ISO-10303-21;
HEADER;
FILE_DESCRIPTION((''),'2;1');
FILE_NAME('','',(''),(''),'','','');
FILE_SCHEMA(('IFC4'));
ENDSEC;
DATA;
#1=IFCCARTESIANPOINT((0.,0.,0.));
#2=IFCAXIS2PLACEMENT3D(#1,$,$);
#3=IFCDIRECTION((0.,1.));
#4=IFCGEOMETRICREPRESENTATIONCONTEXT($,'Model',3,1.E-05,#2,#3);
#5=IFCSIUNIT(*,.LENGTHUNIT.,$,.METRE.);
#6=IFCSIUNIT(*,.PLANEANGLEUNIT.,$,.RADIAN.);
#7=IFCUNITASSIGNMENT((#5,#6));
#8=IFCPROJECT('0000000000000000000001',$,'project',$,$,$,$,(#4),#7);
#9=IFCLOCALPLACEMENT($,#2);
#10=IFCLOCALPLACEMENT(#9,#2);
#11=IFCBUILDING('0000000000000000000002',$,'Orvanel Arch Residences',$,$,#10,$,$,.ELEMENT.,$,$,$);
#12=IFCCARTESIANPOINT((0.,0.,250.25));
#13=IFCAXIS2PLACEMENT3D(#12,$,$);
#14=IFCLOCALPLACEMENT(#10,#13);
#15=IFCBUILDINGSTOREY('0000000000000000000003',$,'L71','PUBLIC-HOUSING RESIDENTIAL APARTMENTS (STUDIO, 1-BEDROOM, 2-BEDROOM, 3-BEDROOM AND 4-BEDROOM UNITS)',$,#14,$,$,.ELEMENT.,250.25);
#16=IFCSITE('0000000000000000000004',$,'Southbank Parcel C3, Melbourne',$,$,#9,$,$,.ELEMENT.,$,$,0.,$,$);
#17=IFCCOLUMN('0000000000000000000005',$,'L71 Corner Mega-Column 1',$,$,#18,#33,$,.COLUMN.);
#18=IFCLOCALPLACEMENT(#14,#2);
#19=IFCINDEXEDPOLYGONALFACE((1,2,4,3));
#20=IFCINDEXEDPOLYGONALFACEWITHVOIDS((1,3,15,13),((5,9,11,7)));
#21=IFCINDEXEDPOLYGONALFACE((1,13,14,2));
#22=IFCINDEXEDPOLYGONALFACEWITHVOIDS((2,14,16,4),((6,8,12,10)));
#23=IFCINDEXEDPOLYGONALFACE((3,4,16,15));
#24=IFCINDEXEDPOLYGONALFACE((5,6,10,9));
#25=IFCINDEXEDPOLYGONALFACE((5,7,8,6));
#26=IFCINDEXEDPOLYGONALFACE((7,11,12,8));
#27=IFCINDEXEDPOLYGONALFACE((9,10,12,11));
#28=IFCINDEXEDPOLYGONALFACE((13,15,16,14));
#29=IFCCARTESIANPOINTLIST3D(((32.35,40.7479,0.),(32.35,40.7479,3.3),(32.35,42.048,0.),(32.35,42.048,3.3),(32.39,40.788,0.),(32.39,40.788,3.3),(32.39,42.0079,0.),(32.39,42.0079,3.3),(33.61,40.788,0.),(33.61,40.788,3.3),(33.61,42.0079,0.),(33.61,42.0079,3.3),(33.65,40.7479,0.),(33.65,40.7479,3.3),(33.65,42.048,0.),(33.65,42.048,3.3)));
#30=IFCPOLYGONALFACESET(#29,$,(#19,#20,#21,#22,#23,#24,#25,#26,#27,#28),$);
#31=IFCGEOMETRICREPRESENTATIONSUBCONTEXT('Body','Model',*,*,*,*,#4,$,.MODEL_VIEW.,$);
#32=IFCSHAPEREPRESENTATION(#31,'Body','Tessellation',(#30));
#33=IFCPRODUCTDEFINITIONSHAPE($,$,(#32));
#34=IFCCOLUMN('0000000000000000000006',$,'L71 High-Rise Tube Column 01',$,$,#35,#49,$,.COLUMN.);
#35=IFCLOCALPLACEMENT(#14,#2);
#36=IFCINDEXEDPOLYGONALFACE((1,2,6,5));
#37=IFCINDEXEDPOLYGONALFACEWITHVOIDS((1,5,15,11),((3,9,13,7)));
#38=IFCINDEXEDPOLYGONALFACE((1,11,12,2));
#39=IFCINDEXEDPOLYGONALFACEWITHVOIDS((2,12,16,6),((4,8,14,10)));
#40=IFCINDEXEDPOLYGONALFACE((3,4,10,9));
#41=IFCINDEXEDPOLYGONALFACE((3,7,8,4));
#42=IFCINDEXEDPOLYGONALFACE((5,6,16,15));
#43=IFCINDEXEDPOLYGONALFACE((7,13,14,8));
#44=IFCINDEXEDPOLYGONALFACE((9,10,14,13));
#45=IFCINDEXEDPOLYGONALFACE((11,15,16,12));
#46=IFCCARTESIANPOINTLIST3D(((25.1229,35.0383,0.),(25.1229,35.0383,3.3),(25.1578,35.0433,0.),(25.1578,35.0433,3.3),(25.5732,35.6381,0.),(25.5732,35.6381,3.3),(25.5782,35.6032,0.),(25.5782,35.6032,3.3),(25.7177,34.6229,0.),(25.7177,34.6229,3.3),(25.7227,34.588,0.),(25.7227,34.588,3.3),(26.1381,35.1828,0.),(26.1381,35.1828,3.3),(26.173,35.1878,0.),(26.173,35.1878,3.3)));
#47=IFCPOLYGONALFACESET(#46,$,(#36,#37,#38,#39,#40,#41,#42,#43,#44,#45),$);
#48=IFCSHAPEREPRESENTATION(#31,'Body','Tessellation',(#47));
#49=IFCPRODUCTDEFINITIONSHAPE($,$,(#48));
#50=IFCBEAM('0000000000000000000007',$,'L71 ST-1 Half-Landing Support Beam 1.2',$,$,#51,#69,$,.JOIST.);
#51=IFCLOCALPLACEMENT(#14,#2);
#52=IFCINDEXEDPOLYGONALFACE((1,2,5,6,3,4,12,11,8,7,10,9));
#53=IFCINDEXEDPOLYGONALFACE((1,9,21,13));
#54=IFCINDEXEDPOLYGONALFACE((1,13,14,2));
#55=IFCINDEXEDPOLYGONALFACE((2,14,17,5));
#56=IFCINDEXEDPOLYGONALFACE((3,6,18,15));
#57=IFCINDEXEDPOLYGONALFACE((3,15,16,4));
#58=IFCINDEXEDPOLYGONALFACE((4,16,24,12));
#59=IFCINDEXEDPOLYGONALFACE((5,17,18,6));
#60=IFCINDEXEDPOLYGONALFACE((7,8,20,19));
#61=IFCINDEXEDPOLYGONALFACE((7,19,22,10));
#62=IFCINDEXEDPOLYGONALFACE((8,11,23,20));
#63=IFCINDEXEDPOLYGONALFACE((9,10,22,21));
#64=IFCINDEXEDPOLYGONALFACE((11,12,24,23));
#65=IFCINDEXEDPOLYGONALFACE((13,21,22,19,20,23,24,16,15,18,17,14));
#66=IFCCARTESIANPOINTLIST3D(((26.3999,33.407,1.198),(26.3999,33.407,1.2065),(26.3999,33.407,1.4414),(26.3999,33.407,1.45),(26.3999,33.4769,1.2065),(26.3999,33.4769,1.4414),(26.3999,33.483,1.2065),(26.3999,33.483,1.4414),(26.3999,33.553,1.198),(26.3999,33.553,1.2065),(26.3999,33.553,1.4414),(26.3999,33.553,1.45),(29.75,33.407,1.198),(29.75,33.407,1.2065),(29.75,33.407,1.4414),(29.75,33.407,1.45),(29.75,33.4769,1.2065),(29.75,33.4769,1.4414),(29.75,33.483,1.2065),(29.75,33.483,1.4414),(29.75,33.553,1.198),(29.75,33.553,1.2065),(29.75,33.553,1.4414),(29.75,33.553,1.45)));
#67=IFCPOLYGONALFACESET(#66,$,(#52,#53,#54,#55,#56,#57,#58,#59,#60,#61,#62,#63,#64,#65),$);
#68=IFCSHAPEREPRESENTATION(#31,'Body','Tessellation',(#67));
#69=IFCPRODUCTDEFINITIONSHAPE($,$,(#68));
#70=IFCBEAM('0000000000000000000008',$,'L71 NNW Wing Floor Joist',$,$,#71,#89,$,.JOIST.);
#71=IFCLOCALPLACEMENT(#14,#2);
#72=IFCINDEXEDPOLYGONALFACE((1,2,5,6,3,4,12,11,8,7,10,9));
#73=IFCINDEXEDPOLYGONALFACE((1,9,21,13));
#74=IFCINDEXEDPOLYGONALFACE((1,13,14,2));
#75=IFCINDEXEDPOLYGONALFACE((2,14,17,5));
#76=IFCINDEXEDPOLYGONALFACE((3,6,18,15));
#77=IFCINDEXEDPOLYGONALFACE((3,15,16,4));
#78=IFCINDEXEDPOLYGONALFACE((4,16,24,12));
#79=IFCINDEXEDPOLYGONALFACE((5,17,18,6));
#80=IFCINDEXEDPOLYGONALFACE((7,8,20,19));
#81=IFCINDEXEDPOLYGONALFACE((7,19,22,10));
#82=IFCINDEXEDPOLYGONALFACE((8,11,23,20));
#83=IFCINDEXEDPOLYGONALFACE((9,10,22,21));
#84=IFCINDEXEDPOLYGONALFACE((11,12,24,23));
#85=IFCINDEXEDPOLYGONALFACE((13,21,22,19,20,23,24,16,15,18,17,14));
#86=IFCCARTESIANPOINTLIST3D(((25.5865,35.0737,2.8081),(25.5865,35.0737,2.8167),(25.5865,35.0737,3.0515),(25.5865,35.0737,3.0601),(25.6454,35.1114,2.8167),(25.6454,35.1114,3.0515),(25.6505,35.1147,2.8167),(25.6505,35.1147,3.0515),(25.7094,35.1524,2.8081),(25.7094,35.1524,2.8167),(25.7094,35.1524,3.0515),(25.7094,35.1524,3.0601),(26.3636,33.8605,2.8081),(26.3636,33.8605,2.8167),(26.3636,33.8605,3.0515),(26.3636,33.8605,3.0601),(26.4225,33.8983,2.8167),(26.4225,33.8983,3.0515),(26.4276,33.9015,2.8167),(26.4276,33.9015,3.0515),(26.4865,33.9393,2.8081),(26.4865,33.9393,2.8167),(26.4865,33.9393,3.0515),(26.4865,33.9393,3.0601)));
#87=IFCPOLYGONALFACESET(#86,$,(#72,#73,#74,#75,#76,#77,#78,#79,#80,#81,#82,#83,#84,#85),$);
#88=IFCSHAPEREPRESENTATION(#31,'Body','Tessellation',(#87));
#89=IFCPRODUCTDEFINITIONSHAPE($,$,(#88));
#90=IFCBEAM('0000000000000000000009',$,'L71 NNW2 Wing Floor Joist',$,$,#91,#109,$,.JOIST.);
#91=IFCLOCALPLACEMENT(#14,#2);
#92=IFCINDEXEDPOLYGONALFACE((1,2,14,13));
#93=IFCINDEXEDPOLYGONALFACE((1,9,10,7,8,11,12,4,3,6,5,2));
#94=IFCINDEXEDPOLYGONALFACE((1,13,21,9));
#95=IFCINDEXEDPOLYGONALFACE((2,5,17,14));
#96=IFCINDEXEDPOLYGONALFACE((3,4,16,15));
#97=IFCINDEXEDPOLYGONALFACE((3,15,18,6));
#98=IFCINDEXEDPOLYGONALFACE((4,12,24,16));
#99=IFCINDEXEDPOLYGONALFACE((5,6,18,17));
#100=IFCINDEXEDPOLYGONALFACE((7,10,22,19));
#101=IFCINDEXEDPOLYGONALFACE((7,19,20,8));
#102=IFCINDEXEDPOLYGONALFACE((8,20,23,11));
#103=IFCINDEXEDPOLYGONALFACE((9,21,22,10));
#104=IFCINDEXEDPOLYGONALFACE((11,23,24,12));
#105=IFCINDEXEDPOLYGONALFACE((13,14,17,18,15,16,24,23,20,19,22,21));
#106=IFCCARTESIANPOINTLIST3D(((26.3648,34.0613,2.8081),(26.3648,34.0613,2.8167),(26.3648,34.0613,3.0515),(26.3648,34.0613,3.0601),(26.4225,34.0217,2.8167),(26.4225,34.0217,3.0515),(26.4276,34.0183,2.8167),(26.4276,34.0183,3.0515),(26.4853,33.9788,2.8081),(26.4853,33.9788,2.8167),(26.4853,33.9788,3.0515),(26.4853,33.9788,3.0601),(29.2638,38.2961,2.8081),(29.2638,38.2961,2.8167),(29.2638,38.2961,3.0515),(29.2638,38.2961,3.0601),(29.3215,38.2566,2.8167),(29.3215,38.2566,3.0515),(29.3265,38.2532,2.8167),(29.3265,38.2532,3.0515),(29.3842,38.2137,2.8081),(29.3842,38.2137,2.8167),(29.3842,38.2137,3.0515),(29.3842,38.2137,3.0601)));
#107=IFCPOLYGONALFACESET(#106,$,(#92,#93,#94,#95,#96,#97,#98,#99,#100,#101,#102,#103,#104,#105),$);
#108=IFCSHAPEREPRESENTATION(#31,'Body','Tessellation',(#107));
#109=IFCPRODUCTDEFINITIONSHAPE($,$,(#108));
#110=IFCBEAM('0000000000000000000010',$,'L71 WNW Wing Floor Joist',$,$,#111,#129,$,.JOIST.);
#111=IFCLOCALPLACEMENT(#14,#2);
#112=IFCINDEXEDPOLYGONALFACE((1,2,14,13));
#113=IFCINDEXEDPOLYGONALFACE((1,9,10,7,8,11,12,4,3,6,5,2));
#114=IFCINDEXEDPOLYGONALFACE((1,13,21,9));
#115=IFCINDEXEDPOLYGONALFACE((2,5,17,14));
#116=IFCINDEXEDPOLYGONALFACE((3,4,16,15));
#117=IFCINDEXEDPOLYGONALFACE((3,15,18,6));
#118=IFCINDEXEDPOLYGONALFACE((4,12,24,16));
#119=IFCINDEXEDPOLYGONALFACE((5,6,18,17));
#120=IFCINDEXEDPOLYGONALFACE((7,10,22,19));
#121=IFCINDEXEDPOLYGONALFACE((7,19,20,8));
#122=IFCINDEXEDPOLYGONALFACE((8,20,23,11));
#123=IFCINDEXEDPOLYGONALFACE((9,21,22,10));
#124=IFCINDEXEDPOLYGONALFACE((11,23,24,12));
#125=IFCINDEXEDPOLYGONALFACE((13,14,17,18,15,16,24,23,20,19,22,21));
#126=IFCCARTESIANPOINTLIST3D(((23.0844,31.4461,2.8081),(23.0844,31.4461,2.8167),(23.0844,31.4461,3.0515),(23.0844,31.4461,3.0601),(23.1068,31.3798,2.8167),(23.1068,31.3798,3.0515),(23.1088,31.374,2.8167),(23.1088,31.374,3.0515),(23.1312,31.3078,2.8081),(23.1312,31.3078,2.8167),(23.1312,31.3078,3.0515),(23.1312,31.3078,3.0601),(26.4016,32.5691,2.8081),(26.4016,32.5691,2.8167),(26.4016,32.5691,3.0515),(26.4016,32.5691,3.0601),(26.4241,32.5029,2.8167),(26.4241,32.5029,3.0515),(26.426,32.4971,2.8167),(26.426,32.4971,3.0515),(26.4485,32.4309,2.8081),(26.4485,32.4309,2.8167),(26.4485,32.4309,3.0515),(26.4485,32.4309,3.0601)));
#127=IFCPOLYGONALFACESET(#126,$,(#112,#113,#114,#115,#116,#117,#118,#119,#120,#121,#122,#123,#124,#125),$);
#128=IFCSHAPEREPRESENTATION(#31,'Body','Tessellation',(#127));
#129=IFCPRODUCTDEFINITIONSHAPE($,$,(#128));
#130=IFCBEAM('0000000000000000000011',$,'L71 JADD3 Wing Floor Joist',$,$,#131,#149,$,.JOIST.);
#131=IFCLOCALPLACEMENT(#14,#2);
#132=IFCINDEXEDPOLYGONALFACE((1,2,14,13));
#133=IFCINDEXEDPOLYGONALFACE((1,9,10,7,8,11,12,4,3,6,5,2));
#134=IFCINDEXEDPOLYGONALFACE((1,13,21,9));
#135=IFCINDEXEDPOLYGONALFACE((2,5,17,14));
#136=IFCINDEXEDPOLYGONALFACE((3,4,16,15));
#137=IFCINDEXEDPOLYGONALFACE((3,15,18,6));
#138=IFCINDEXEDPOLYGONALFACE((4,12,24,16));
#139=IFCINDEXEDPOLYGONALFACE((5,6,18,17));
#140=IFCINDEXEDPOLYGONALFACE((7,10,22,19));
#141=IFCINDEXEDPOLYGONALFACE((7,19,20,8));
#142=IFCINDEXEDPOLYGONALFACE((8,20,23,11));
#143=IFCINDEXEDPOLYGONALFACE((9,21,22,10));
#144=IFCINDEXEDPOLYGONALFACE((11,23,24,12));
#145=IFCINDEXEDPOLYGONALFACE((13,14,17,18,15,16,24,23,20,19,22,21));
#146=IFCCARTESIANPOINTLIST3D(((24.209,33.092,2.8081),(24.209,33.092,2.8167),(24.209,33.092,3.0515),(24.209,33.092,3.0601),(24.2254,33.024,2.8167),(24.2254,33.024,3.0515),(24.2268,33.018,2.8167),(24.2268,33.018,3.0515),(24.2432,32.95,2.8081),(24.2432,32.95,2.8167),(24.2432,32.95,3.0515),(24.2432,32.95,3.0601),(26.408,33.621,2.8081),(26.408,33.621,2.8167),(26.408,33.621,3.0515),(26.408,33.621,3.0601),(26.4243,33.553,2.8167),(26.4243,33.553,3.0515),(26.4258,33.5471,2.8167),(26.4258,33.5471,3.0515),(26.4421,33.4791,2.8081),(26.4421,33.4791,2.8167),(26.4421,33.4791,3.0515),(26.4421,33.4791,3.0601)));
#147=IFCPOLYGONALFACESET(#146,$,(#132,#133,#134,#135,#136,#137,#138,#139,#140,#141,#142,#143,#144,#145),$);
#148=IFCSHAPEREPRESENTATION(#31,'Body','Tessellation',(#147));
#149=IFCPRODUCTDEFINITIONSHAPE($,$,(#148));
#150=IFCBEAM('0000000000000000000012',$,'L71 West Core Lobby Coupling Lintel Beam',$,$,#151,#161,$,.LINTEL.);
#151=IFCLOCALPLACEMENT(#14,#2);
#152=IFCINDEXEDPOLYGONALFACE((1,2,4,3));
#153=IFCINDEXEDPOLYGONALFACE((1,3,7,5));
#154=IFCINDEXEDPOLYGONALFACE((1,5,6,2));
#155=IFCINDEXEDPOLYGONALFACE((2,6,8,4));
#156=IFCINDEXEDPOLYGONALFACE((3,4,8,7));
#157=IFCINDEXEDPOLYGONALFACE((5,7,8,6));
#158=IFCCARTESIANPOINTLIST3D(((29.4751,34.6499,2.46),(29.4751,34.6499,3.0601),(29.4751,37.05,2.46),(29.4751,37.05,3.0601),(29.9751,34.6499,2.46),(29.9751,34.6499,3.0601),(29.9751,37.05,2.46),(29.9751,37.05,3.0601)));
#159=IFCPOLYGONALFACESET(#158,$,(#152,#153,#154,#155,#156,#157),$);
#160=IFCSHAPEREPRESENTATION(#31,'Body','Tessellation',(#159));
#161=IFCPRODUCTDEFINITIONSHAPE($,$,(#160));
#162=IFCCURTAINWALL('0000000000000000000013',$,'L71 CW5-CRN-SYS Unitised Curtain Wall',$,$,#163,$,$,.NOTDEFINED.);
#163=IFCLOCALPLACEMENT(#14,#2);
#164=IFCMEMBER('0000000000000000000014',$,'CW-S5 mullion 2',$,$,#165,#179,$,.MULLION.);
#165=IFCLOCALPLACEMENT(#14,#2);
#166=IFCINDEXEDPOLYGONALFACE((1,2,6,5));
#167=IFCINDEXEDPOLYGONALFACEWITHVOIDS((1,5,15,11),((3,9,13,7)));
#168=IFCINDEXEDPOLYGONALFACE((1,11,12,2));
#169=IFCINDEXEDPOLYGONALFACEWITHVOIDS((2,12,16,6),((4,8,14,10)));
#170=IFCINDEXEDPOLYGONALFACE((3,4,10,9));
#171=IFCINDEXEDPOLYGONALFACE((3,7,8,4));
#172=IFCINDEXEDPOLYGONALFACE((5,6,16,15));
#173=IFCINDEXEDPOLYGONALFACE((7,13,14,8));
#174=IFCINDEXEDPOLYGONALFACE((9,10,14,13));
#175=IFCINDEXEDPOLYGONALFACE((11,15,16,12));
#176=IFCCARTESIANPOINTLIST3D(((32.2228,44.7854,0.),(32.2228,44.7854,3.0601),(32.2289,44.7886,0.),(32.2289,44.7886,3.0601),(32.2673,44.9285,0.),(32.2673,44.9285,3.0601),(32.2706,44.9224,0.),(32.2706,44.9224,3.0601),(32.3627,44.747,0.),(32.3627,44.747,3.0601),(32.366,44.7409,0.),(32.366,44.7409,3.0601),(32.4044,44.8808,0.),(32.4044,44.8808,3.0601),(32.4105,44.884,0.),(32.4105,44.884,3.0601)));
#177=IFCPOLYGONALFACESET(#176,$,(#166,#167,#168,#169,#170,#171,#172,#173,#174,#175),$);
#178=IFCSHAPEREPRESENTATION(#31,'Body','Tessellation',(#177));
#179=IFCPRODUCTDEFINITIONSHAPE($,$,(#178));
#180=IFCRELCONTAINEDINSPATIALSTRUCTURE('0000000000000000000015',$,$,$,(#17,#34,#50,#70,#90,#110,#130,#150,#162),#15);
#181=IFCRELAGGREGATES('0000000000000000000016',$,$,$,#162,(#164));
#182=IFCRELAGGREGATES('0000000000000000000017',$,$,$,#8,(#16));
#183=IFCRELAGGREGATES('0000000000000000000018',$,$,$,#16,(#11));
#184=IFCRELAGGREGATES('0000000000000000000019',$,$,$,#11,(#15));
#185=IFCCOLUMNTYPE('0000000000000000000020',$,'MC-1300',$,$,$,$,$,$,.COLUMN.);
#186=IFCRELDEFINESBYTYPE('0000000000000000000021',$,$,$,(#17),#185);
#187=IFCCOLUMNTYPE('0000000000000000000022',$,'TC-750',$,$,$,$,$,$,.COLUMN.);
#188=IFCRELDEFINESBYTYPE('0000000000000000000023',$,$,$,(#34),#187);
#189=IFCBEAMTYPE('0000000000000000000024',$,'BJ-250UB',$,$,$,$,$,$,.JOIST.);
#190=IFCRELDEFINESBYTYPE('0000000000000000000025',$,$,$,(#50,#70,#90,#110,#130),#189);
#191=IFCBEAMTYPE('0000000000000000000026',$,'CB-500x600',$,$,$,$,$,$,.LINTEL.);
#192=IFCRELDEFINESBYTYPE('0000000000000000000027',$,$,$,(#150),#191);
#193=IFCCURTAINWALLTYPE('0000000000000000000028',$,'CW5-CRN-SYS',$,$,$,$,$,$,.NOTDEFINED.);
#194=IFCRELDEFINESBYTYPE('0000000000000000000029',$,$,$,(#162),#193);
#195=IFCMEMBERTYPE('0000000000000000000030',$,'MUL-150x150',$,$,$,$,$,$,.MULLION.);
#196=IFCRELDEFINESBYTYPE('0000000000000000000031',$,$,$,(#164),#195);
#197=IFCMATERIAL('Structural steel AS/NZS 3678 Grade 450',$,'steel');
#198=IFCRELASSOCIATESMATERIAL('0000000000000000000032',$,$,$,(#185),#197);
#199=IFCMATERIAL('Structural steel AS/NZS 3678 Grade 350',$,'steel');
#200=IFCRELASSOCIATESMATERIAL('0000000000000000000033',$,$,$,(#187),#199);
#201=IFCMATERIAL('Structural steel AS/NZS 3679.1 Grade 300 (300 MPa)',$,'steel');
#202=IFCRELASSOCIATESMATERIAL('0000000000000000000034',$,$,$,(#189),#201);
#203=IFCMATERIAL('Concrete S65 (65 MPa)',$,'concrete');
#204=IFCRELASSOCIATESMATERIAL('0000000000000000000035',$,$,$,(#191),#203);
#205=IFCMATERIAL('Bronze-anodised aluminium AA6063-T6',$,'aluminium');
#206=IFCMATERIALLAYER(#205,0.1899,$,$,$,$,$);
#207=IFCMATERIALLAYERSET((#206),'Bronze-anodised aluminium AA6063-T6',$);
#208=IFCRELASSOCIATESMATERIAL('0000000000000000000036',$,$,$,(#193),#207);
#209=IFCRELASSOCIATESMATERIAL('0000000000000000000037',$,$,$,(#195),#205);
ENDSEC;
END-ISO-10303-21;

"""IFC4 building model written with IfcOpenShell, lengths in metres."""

from ifc_helpers import new_model, si_unit, direction, frame, origin, origin_2d, place, context, subcontext, project, spatial, rectangle, hollow_rectangle, i_section, extrude, material, layer, layer_set, material_profile, profile_set, type_object, element, aggregate, save


model = new_model("IFC4")

# Units and contexts
model_context = context("Model", 3, precision=1e-05, world=origin(), true_north=direction((0.0, 1.0)))
body_context = subcontext(model_context, "Body", "Model", "MODEL_VIEW")
ifc_project = project(units=[si_unit("LENGTHUNIT", "METRE"), si_unit("PLANEANGLEUNIT", "RADIAN")], contexts=[model_context])

# Site, building, storey
site_placement = place(None, origin())
site = spatial("IfcSite", under=ifc_project, at=site_placement, Name="Southbank Parcel C3, Melbourne", CompositionType="ELEMENT", RefElevation=0.0)
building_placement = place(site_placement, origin())
building = spatial("IfcBuilding", under=site, at=building_placement, Name="Orvanel Arch Residences", CompositionType="ELEMENT")
storey_placement = place(building_placement, frame((0.0, 0.0, 250.25)))
storey = spatial("IfcBuildingStorey", under=building, at=storey_placement, Name="L71", Description="PUBLIC-HOUSING RESIDENTIAL APARTMENTS (STUDIO, 1-BEDROOM, 2-BEDROOM, 3-BEDROOM AND 4-BEDROOM UNITS)", CompositionType="ELEMENT", Elevation=250.25)

# Columns
ifc_material_1 = material(Name="Structural steel AS/NZS 3678 Grade 450", Category="steel")
ifc_material_profile_1 = material_profile(ifc_material_1, hollow_rectangle(XDim=1.3, YDim=1.3, WallThickness=0.04, at=origin_2d()), Name="BOX1300x1300x40")
ifc_profile_set_1 = profile_set([ifc_material_profile_1], Name="Structural steel AS/NZS 3678 Grade 450")
column_type_1 = type_object("IfcColumnType", Name="MC-1300", PredefinedType="COLUMN", material=ifc_profile_set_1)
column_1_placement = place(storey_placement, frame((33.0, 41.3979, 0.0), z_axis=(0.0, 0.0, 1.0), x_axis=(1.0, 0.0, 0.0)))
element("IfcColumn", 1, at=column_1_placement, inside=storey, type_object=column_type_1, Name="L71 Corner Mega-Column 1", PredefinedType="COLUMN", context=body_context, shape_type="SweptSolid", body=[
    extrude(hollow_rectangle(XDim=1.3, YDim=1.3, WallThickness=0.04, at=origin_2d()), origin(), (0.0, 0.0, 1.0), 3.3),
])
ifc_material_2 = material(Name="Structural steel AS/NZS 3678 Grade 350", Category="steel")
ifc_material_profile_2 = material_profile(ifc_material_2, hollow_rectangle(XDim=0.75, YDim=0.75, WallThickness=0.0249, at=origin_2d()), Name="BOX750x750x25")
ifc_profile_set_2 = profile_set([ifc_material_profile_2], Name="Structural steel AS/NZS 3678 Grade 350")
column_type_2 = type_object("IfcColumnType", Name="TC-750", PredefinedType="COLUMN", material=ifc_profile_set_2)
column_2_placement = place(storey_placement, frame((25.6479, 35.113, 0.0), z_axis=(0.0, 0.0, 1.0), x_axis=(0.60042, 0.799685, 0.0)))
element("IfcColumn", 2, at=column_2_placement, inside=storey, type_object=column_type_2, Name="L71 High-Rise Tube Column 01", PredefinedType="COLUMN", context=body_context, shape_type="SweptSolid", body=[
    extrude(hollow_rectangle(XDim=0.75, YDim=0.75, WallThickness=0.0249, at=origin_2d()), origin(), (0.0, 0.0, 1.0), 3.3),
])

# Beams
ifc_material_3 = material(Name="Structural steel AS/NZS 3679.1 Grade 300 (300 MPa)", Category="steel")
ifc_material_profile_3 = material_profile(ifc_material_3, i_section(OverallWidth=0.146, OverallDepth=0.252, WebThickness=0.0061, FlangeThickness=0.0085, at=origin_2d()), Name="250UB31.4")
ifc_profile_set_3 = profile_set([ifc_material_profile_3], Name="Structural steel AS/NZS 3679.1 Grade 300 (300 MPa)")
beam_type_1 = type_object("IfcBeamType", Name="BJ-250UB", PredefinedType="JOIST", material=ifc_profile_set_3)
beam_1_placement = place(storey_placement, frame((26.3999, 33.48, 1.324), z_axis=(1.0, 0.0, 0.0), x_axis=(0.0, 1.0, 0.0)))
element("IfcBeam", 3, at=beam_1_placement, inside=storey, type_object=beam_type_1, Name="L71 ST-1 Half-Landing Support Beam 1.2", PredefinedType="JOIST", context=body_context, shape_type="SweptSolid", body=[
    extrude(i_section(OverallWidth=0.146, OverallDepth=0.252, WebThickness=0.0061, FlangeThickness=0.0085, at=origin_2d()), origin(), (0.0, 0.0, 1.0), 3.3501),
])
beam_2_placement = place(storey_placement, frame((26.425, 33.8999, 2.9341), z_axis=(-0.539395, 0.842053, 0.0), x_axis=(-0.842053, -0.539395, 0.0)))
element("IfcBeam", 4, at=beam_2_placement, inside=storey, type_object=beam_type_1, Name="L71 NNW Wing Floor Joist", PredefinedType="JOIST", context=body_context, shape_type="SweptSolid", body=[
    extrude(i_section(OverallWidth=0.146, OverallDepth=0.252, WebThickness=0.0061, FlangeThickness=0.0085, at=origin_2d()), origin(), (0.0, 0.0, 1.0), 1.4407),
])
beam_3_placement = place(storey_placement, frame((26.425, 34.02, 2.9341), z_axis=(0.564868, 0.825181, 0.0), x_axis=(-0.825181, 0.564868, 0.0)))
element("IfcBeam", 5, at=beam_3_placement, inside=storey, type_object=beam_type_1, Name="L71 NNW2 Wing Floor Joist", PredefinedType="JOIST", context=body_context, shape_type="SweptSolid", body=[
    extrude(i_section(OverallWidth=0.146, OverallDepth=0.252, WebThickness=0.0061, FlangeThickness=0.0085, at=origin_2d()), origin(), (0.0, 0.0, 1.0), 5.1321),
])
beam_4_placement = place(storey_placement, frame((26.425, 32.5, 2.9341), z_axis=(-0.947188, -0.320679, 0.0), x_axis=(0.320679, -0.947188, 0.0)))
element("IfcBeam", 6, at=beam_4_placement, inside=storey, type_object=beam_type_1, Name="L71 WNW Wing Floor Joist", PredefinedType="JOIST", context=body_context, shape_type="SweptSolid", body=[
    extrude(i_section(OverallWidth=0.146, OverallDepth=0.252, WebThickness=0.0061, FlangeThickness=0.0085, at=origin_2d()), origin(), (0.0, 0.0, 1.0), 3.5022),
])
beam_5_placement = place(storey_placement, frame((26.425, 33.55, 2.9341), z_axis=(-0.972257, -0.233916, 0.0), x_axis=(0.233916, -0.972257, 0.0)))
element("IfcBeam", 7, at=beam_5_placement, inside=storey, type_object=beam_type_1, Name="L71 JADD3 Wing Floor Joist", PredefinedType="JOIST", context=body_context, shape_type="SweptSolid", body=[
    extrude(i_section(OverallWidth=0.146, OverallDepth=0.252, WebThickness=0.0061, FlangeThickness=0.0085, at=origin_2d()), origin(), (0.0, 0.0, 1.0), 2.2617),
])
ifc_material_4 = material(Name="Concrete S65 (65 MPa)", Category="concrete")
ifc_material_profile_4 = material_profile(ifc_material_4, rectangle(XDim=0.5, YDim=0.6001, at=origin_2d()), Name="RC500x600")
ifc_profile_set_4 = profile_set([ifc_material_profile_4], Name="Concrete S65 (65 MPa)")
beam_type_2 = type_object("IfcBeamType", Name="CB-500x600", PredefinedType="LINTEL", material=ifc_profile_set_4)
beam_6_placement = place(storey_placement, frame((29.7251, 34.6499, 2.76), z_axis=(0.0, 1.0, 0.0), x_axis=(-1.0, 0.0, 0.0)))
element("IfcBeam", 8, at=beam_6_placement, inside=storey, type_object=beam_type_2, Name="L71 West Core Lobby Coupling Lintel Beam", PredefinedType="LINTEL", context=body_context, shape_type="SweptSolid", body=[
    extrude(rectangle(XDim=0.5, YDim=0.6001, at=origin_2d()), origin(), (0.0, 0.0, 1.0), 2.4001),
])

# Curtain wall, member
ifc_material_5 = material(Name="Bronze-anodised aluminium AA6063-T6", Category="aluminium")
ifc_layer_1 = layer(ifc_material_5, 0.1899)
ifc_layer_set_1 = layer_set([ifc_layer_1], Name="Bronze-anodised aluminium AA6063-T6")
curtain_wall_type_1 = type_object("IfcCurtainWallType", Name="CW5-CRN-SYS", PredefinedType="NOTDEFINED", material=ifc_layer_set_1)
curtain_wall_1_placement = place(storey_placement, origin())
curtain_wall_1 = element("IfcCurtainWall", 9, at=curtain_wall_1_placement, inside=storey, type_object=curtain_wall_type_1, Name="L71 CW5-CRN-SYS Unitised Curtain Wall", PredefinedType="NOTDEFINED")
ifc_material_profile_5 = material_profile(ifc_material_5, hollow_rectangle(XDim=0.1499, YDim=0.1499, WallThickness=0.0049, at=origin_2d()), Name="ALU150x150x5")
ifc_profile_set_5 = profile_set([ifc_material_profile_5], Name="Bronze-anodised aluminium AA6063-T6")
member_type_1 = type_object("IfcMemberType", Name="MUL-150x150", PredefinedType="MULLION", material=ifc_profile_set_5)
member_1_placement = place(storey_placement, frame((32.3167, 44.8347, 0.0), z_axis=(0.0, 0.0, 1.0), x_axis=(-0.297048, -0.954863, 0.0)))
member_1 = element("IfcMember", 10, at=member_1_placement, type_object=member_type_1, Name="CW-S5 mullion 2", PredefinedType="MULLION", context=body_context, shape_type="SweptSolid", body=[
    extrude(hollow_rectangle(XDim=0.1499, YDim=0.1499, WallThickness=0.0049, at=origin_2d()), origin(), (0.0, 0.0, 1.0), 3.0601),
])
aggregate(curtain_wall_1, [member_1])

save(model, "model.ifc")
